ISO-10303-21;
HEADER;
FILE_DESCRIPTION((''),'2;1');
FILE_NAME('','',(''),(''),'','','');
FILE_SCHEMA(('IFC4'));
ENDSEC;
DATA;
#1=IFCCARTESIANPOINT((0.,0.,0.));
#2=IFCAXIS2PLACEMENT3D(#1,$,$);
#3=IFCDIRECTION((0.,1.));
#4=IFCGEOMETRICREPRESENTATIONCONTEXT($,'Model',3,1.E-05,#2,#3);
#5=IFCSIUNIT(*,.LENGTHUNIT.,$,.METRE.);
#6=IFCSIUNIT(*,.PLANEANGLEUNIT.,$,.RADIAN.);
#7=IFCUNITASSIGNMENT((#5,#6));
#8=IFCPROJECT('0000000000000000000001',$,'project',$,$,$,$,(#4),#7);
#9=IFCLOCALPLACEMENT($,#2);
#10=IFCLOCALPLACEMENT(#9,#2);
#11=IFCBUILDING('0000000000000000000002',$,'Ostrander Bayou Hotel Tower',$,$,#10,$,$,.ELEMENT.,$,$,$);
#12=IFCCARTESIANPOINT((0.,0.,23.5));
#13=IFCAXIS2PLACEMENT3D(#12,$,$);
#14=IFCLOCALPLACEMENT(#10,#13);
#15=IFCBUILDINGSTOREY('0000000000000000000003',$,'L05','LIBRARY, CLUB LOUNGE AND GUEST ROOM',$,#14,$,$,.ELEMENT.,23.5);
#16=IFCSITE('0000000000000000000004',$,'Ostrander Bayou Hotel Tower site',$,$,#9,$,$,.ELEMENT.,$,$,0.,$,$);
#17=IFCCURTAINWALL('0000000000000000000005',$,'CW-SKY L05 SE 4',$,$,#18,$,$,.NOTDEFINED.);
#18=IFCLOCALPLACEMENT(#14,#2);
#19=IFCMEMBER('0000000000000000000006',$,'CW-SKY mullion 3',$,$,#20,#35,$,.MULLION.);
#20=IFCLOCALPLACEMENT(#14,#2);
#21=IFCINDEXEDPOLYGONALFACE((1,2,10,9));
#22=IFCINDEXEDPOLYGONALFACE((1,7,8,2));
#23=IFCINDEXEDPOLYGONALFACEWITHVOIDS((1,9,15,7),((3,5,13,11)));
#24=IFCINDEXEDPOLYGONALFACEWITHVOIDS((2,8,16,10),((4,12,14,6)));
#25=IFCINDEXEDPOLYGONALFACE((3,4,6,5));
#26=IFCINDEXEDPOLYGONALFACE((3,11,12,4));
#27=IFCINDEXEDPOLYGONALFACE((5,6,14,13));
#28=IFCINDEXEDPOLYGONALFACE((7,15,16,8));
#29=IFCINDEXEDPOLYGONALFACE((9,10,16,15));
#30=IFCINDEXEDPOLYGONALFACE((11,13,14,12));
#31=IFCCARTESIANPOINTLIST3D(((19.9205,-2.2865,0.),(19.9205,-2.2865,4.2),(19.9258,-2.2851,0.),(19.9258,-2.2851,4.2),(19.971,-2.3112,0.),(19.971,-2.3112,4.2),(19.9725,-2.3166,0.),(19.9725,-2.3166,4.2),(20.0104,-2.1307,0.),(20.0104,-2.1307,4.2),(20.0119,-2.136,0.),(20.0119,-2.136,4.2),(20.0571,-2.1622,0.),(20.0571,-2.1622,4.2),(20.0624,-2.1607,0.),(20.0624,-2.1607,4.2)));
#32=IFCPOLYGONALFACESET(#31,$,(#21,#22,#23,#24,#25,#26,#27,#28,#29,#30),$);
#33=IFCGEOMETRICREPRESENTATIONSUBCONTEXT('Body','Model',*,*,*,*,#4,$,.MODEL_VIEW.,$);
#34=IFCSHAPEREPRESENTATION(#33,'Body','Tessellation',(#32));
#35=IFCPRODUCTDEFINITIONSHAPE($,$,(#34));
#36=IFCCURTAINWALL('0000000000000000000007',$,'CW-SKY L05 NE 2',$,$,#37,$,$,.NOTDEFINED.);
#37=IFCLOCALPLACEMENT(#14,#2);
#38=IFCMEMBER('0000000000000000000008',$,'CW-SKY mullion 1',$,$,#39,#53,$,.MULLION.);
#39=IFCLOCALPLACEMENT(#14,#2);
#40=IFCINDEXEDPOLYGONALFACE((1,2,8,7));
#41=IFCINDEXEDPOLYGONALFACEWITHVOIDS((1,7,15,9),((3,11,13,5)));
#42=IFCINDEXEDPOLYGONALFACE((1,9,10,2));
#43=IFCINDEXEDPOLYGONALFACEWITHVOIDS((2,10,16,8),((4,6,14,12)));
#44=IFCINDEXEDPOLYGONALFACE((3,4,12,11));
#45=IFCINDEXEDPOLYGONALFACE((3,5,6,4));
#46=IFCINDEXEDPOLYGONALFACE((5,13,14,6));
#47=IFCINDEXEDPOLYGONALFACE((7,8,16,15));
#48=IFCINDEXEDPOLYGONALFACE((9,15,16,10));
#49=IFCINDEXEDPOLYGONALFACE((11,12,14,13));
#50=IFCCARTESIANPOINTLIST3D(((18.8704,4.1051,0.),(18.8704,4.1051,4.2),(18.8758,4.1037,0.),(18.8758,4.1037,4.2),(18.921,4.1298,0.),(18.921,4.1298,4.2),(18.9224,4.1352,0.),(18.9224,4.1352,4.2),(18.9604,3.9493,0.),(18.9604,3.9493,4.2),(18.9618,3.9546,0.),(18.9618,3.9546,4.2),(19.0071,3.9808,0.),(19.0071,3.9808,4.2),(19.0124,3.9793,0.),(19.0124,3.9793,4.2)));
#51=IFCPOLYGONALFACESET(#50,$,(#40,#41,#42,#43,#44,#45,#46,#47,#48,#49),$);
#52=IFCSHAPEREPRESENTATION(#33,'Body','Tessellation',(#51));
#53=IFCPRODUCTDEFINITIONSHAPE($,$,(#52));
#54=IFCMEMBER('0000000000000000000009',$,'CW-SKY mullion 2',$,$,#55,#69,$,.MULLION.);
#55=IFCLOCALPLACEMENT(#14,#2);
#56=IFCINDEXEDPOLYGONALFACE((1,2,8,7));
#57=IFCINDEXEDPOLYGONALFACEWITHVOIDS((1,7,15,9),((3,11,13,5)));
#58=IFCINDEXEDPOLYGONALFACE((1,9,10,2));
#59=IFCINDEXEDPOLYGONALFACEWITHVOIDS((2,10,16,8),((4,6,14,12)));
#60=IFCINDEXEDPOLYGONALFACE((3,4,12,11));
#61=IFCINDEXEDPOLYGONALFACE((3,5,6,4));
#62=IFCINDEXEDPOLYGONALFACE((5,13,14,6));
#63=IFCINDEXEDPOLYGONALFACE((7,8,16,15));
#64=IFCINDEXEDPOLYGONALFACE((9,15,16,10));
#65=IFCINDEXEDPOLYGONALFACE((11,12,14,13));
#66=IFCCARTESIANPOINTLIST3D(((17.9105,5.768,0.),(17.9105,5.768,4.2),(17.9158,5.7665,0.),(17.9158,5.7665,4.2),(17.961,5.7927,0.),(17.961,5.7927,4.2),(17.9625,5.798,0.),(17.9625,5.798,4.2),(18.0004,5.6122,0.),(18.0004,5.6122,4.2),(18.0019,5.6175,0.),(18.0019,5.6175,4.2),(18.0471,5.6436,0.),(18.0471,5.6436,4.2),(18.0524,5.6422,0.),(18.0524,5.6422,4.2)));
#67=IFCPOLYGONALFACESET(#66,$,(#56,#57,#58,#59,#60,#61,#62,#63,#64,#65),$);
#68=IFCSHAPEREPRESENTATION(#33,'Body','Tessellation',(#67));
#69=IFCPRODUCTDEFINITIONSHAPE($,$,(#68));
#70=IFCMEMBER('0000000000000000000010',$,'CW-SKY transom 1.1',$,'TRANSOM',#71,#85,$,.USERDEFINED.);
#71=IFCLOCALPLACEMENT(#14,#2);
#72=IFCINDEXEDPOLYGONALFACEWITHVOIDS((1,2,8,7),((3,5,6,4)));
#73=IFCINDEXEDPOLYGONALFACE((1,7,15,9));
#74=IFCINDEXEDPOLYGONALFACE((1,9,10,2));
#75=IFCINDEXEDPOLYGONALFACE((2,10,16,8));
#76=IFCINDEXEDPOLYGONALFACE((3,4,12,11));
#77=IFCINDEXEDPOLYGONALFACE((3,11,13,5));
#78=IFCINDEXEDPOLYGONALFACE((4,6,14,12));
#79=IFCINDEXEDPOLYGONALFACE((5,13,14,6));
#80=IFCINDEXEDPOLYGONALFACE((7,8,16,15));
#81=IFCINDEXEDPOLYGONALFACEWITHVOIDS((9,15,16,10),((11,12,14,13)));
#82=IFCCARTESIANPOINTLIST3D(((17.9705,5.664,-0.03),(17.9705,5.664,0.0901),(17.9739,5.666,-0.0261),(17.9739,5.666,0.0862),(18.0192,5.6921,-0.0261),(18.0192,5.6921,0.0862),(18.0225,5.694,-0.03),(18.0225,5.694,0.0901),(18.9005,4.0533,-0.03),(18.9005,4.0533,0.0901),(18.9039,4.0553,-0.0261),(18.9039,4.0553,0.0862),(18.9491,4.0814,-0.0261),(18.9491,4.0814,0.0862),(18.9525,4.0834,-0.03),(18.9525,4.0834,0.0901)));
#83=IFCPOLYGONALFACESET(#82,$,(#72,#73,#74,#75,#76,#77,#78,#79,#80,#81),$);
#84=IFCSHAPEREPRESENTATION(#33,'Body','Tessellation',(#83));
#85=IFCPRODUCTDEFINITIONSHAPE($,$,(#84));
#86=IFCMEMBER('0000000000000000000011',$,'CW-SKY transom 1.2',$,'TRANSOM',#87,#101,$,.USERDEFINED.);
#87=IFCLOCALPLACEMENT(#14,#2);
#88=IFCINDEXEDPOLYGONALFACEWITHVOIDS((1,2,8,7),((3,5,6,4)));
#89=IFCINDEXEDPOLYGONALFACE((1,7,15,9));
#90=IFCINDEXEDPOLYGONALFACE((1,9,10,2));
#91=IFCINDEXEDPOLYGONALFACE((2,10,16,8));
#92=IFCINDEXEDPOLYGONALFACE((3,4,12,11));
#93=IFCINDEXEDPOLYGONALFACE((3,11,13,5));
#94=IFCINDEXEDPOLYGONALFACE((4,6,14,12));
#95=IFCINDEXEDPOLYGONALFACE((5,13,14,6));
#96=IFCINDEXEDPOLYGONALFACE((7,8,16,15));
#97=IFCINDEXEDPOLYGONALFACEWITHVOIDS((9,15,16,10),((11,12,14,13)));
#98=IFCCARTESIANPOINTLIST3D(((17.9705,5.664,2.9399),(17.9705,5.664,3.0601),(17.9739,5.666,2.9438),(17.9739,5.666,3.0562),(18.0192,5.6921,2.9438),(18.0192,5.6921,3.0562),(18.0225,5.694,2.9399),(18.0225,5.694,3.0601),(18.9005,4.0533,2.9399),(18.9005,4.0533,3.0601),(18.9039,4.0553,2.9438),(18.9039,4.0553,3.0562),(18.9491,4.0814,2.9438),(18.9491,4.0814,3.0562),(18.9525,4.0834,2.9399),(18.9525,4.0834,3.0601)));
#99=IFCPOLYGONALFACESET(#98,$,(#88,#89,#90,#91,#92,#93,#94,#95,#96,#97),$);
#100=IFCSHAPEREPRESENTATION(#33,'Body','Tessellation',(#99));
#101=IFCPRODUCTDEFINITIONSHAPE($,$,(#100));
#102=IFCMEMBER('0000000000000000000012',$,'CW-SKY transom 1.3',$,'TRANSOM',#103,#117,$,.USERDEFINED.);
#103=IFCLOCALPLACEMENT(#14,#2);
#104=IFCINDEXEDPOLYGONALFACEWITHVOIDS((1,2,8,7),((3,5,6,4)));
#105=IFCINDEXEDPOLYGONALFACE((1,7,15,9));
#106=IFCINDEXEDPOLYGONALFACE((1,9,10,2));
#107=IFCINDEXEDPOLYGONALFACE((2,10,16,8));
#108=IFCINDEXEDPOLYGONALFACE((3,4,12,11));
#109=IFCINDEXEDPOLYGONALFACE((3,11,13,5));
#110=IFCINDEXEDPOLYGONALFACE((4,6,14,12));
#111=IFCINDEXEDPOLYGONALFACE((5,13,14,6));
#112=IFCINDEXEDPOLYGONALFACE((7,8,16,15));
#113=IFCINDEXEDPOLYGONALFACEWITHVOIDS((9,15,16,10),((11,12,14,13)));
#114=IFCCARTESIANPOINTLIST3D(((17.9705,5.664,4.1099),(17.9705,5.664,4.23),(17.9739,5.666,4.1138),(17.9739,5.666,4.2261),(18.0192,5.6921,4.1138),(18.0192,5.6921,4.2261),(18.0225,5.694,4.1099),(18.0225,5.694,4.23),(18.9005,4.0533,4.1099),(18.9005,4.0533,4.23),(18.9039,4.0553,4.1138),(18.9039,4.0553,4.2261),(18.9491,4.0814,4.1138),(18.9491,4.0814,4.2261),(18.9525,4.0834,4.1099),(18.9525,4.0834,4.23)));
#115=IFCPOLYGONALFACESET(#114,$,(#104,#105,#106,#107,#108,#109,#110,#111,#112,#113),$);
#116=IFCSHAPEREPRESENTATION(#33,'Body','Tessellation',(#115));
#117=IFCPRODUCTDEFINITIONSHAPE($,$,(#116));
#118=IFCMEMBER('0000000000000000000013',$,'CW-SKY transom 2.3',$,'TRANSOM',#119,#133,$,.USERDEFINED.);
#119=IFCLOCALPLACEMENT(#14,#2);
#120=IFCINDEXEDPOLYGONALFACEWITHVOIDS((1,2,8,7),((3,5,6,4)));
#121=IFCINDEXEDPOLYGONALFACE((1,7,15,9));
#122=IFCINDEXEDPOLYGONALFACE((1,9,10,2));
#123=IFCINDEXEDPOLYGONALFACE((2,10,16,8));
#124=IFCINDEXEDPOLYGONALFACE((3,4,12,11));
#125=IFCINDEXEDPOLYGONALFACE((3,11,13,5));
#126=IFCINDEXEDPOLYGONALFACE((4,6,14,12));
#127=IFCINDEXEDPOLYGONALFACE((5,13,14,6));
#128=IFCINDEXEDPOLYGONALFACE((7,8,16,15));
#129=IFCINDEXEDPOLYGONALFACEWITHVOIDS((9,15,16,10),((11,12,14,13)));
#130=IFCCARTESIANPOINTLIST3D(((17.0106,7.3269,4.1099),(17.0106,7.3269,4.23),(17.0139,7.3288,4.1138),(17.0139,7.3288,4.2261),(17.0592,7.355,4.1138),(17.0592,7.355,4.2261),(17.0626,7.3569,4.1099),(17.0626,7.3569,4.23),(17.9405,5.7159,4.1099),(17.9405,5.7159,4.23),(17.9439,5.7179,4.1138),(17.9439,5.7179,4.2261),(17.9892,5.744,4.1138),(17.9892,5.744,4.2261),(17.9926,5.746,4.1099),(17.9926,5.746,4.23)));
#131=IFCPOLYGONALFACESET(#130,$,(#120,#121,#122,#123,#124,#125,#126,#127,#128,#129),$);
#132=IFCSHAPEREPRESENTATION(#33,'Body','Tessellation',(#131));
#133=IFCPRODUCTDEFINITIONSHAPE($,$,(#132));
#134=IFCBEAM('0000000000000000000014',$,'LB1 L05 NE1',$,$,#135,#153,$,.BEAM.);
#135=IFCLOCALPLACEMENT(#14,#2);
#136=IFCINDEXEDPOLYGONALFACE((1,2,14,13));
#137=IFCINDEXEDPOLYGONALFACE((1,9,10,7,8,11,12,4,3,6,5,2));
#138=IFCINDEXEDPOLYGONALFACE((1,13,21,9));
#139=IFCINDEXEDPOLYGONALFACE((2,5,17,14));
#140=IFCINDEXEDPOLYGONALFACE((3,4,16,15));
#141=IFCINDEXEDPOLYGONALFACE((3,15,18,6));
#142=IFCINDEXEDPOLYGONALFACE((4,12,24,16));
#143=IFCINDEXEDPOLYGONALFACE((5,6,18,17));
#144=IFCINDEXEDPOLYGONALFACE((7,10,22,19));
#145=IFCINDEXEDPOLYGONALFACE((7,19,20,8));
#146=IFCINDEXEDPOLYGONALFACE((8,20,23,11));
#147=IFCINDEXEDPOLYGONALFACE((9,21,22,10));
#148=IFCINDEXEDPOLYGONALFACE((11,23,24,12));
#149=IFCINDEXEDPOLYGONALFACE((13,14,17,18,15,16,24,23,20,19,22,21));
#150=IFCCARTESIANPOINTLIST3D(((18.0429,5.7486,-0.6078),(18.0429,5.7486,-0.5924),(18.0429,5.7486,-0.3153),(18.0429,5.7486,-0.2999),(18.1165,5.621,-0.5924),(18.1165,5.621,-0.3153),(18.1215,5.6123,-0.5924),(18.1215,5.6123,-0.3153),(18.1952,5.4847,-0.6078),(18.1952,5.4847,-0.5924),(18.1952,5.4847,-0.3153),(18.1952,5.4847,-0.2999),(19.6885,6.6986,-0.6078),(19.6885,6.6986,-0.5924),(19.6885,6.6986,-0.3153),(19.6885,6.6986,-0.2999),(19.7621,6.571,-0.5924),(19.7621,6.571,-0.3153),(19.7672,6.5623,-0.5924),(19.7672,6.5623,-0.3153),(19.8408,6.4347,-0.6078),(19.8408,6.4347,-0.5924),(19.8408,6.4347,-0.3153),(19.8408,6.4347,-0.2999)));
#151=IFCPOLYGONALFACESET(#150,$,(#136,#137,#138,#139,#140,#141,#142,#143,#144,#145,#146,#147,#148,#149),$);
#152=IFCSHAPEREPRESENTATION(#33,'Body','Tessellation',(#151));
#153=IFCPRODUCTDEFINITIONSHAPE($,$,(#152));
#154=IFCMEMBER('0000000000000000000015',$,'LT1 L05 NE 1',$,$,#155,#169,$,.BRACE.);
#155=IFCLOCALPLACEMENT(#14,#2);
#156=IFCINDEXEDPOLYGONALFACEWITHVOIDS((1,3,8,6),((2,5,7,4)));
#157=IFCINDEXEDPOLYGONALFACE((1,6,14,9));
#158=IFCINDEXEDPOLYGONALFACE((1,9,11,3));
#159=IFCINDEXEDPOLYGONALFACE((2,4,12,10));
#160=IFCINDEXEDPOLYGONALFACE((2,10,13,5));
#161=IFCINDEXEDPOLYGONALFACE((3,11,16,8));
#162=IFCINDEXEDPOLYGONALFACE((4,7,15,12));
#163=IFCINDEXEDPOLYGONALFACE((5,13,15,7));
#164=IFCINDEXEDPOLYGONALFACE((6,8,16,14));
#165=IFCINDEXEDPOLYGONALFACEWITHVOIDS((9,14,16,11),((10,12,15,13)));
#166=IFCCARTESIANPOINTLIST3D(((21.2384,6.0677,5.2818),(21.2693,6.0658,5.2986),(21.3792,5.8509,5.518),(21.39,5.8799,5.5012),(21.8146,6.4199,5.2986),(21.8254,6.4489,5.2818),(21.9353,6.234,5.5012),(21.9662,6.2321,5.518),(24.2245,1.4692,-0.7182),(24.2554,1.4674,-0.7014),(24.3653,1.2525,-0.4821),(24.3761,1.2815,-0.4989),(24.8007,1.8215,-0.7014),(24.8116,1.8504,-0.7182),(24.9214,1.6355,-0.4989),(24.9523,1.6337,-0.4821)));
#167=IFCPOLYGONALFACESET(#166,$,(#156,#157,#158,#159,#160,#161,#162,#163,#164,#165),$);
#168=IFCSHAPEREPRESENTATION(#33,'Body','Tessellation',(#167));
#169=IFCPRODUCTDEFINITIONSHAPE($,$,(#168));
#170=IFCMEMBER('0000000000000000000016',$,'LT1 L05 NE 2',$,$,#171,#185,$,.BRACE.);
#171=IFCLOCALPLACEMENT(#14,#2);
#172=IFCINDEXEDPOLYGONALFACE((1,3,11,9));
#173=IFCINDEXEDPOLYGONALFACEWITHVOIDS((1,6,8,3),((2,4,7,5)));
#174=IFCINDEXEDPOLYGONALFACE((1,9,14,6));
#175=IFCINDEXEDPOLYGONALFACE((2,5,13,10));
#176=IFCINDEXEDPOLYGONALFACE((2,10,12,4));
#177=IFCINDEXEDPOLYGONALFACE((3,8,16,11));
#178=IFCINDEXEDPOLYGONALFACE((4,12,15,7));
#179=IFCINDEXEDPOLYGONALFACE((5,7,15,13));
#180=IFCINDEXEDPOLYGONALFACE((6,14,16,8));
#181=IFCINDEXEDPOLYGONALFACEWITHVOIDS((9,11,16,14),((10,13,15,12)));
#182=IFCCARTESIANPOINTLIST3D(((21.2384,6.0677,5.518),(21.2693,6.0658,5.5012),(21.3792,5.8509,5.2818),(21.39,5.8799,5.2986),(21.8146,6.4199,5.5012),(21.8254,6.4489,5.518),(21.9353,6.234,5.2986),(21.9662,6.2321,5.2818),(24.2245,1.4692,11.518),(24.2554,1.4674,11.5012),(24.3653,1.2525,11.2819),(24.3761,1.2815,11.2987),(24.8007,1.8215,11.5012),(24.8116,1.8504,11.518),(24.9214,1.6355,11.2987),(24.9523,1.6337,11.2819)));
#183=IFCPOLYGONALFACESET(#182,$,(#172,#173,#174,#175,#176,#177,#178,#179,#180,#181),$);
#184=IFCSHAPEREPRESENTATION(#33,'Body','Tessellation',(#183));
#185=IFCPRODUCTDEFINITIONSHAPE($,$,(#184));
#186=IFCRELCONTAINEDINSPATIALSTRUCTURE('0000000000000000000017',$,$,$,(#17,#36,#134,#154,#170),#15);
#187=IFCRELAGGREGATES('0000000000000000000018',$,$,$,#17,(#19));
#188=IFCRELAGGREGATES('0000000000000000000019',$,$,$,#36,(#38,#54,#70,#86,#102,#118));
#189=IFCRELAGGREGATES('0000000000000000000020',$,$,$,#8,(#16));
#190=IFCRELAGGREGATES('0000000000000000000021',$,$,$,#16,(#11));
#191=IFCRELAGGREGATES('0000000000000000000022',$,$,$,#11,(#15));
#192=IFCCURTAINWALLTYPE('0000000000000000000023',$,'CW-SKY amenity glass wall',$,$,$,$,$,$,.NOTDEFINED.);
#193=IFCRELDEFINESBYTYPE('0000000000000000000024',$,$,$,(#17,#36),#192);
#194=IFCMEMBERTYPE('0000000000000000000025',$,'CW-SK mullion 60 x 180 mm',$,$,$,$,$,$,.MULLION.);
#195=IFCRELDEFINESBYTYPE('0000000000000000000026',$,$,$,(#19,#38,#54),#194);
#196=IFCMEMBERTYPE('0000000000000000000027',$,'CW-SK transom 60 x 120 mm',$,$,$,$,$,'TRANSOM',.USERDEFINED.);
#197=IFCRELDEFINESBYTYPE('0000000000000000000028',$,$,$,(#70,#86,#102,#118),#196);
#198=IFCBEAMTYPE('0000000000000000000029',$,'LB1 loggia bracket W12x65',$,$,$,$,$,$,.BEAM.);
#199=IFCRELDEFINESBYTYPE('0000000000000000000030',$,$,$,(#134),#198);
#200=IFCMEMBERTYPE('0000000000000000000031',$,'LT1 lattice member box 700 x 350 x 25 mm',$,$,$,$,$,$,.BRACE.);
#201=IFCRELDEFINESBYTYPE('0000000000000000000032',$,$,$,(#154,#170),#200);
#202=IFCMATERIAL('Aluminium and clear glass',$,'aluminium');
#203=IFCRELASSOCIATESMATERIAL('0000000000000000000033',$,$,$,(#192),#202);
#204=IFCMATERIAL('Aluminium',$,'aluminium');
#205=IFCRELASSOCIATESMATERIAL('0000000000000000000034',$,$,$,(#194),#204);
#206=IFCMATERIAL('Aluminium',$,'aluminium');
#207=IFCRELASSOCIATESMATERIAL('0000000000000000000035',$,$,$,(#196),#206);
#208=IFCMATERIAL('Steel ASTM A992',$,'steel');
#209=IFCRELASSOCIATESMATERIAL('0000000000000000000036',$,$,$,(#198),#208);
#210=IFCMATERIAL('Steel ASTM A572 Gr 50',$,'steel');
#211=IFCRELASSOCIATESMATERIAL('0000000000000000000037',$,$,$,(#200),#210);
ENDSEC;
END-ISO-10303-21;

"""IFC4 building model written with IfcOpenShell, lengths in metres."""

from ifc_helpers import new_model, si_unit, direction, frame, origin, origin_2d, place, context, subcontext, project, spatial, hollow_rectangle, i_section, extrude, material, material_profile, profile_set, type_object, element, aggregate, save


model = new_model("IFC4")

# Units and contexts
model_context = context("Model", 3, precision=1e-05, world=origin(), true_north=direction((0.0, 1.0)))
body_context = subcontext(model_context, "Body", "Model", "MODEL_VIEW")
ifc_project = project(units=[si_unit("LENGTHUNIT", "METRE"), si_unit("PLANEANGLEUNIT", "RADIAN")], contexts=[model_context])

# Site, building, storey
site_placement = place(None, origin())
site = spatial("IfcSite", under=ifc_project, at=site_placement, Name="Ostrander Bayou Hotel Tower site", CompositionType="ELEMENT", RefElevation=0.0)
building_placement = place(site_placement, origin())
building = spatial("IfcBuilding", under=site, at=building_placement, Name="Ostrander Bayou Hotel Tower", CompositionType="ELEMENT")
storey_placement = place(building_placement, frame((0.0, 0.0, 23.5)))
storey = spatial("IfcBuildingStorey", under=building, at=storey_placement, Name="L05", Description="LIBRARY, CLUB LOUNGE AND GUEST ROOM", CompositionType="ELEMENT", Elevation=23.5)

# Curtain wall, member
ifc_material_1 = material(Name="Aluminium and clear glass", Category="aluminium")
curtain_wall_type_1 = type_object("IfcCurtainWallType", Name="CW-SKY amenity glass wall", PredefinedType="NOTDEFINED", material=ifc_material_1)
curtain_wall_1_placement = place(storey_placement, origin())
curtain_wall_1 = element("IfcCurtainWall", 1, at=curtain_wall_1_placement, inside=storey, type_object=curtain_wall_type_1, Name="CW-SKY L05 SE 4", PredefinedType="NOTDEFINED")
ifc_material_2 = material(Name="Aluminium", Category="aluminium")
ifc_material_profile_1 = material_profile(ifc_material_2, hollow_rectangle(XDim=0.0601, YDim=0.1799, WallThickness=0.0039, at=origin_2d()))
ifc_profile_set_1 = profile_set([ifc_material_profile_1], Name="Aluminium")
member_type_1 = type_object("IfcMemberType", Name="CW-SK mullion 60 x 180 mm", PredefinedType="MULLION", material=ifc_profile_set_1)
member_1_placement = place(storey_placement, frame((19.9915, -2.2236, 0.0), z_axis=(0.0, 0.0, 1.0), x_axis=(-0.866026, 0.499999, 0.0)))
member_1 = element("IfcMember", 2, at=member_1_placement, type_object=member_type_1, Name="CW-SKY mullion 3", PredefinedType="MULLION", context=body_context, shape_type="SweptSolid", body=[
    extrude(hollow_rectangle(XDim=0.0601, YDim=0.1799, WallThickness=0.0039, at=origin_2d()), origin(), (0.0, 0.0, 1.0), 4.2),
])

# Curtain wall, members
curtain_wall_2_placement = place(storey_placement, origin())
curtain_wall_2 = element("IfcCurtainWall", 3, at=curtain_wall_2_placement, inside=storey, type_object=curtain_wall_type_1, Name="CW-SKY L05 NE 2", PredefinedType="NOTDEFINED")
member_2_placement = place(storey_placement, frame((18.9414, 4.0422, 0.0), z_axis=(0.0, 0.0, 1.0), x_axis=(-0.866025, -0.5, 0.0)))
member_2 = element("IfcMember", 4, at=member_2_placement, type_object=member_type_1, Name="CW-SKY mullion 1", PredefinedType="MULLION", context=body_context, shape_type="SweptSolid", body=[
    extrude(hollow_rectangle(XDim=0.0601, YDim=0.1799, WallThickness=0.0039, at=origin_2d()), origin(), (0.0, 0.0, 1.0), 4.2),
])
member_3_placement = place(storey_placement, frame((17.9814, 5.7051, 0.0), z_axis=(0.0, 0.0, 1.0), x_axis=(-0.866025, -0.5, 0.0)))
member_3 = element("IfcMember", 5, at=member_3_placement, type_object=member_type_1, Name="CW-SKY mullion 2", PredefinedType="MULLION", context=body_context, shape_type="SweptSolid", body=[
    extrude(hollow_rectangle(XDim=0.0601, YDim=0.1799, WallThickness=0.0039, at=origin_2d()), origin(), (0.0, 0.0, 1.0), 4.2),
])
ifc_material_3 = material(Name="Aluminium", Category="aluminium")
ifc_material_profile_2 = material_profile(ifc_material_3, hollow_rectangle(XDim=0.0601, YDim=0.1201, WallThickness=0.0039, at=origin_2d()))
ifc_profile_set_2 = profile_set([ifc_material_profile_2], Name="Aluminium")
member_type_2 = type_object("IfcMemberType", Name="CW-SK transom 60 x 120 mm", ElementType="TRANSOM", PredefinedType="USERDEFINED", material=ifc_profile_set_2)
member_4_placement = place(storey_placement, frame((18.9265, 4.0684, 0.03), z_axis=(-0.500022, 0.866013, 0.0), x_axis=(-0.866013, -0.500022, 0.0)))
member_4 = element("IfcMember", 6, at=member_4_placement, type_object=member_type_2, Name="CW-SKY transom 1.1", ObjectType="TRANSOM", PredefinedType="USERDEFINED", context=body_context, shape_type="SweptSolid", body=[
    extrude(hollow_rectangle(XDim=0.0601, YDim=0.1201, WallThickness=0.0039, at=origin_2d()), origin(), (0.0, 0.0, 1.0), 1.8599),
])
member_5_placement = place(storey_placement, frame((18.9265, 4.0684, 3.0), z_axis=(-0.500022, 0.866013, 0.0), x_axis=(-0.866013, -0.500022, 0.0)))
member_5 = element("IfcMember", 7, at=member_5_placement, type_object=member_type_2, Name="CW-SKY transom 1.2", ObjectType="TRANSOM", PredefinedType="USERDEFINED", context=body_context, shape_type="SweptSolid", body=[
    extrude(hollow_rectangle(XDim=0.0601, YDim=0.1201, WallThickness=0.0039, at=origin_2d()), origin(), (0.0, 0.0, 1.0), 1.8599),
])
member_6_placement = place(storey_placement, frame((18.9265, 4.0684, 4.1699), z_axis=(-0.500022, 0.866013, 0.0), x_axis=(-0.866013, -0.500022, 0.0)))
member_6 = element("IfcMember", 8, at=member_6_placement, type_object=member_type_2, Name="CW-SKY transom 1.3", ObjectType="TRANSOM", PredefinedType="USERDEFINED", context=body_context, shape_type="SweptSolid", body=[
    extrude(hollow_rectangle(XDim=0.0601, YDim=0.1201, WallThickness=0.0039, at=origin_2d()), origin(), (0.0, 0.0, 1.0), 1.8599),
])
member_7_placement = place(storey_placement, frame((17.9666, 5.731, 4.1699), z_axis=(-0.499965, 0.866046, 0.0), x_axis=(-0.866046, -0.499965, 0.0)))
member_7 = element("IfcMember", 9, at=member_7_placement, type_object=member_type_2, Name="CW-SKY transom 2.3", ObjectType="TRANSOM", PredefinedType="USERDEFINED", context=body_context, shape_type="SweptSolid", body=[
    extrude(hollow_rectangle(XDim=0.0601, YDim=0.1201, WallThickness=0.0039, at=origin_2d()), origin(), (0.0, 0.0, 1.0), 1.8601),
])

# Beam
ifc_material_4 = material(Name="Steel ASTM A992", Category="steel")
ifc_material_profile_3 = material_profile(ifc_material_4, i_section(OverallWidth=0.3047, OverallDepth=0.3079, WebThickness=0.01, FlangeThickness=0.0154, at=origin_2d()))
ifc_profile_set_3 = profile_set([ifc_material_profile_3], Name="Steel ASTM A992")
beam_type_1 = type_object("IfcBeamType", Name="LB1 loggia bracket W12x65", PredefinedType="BEAM", material=ifc_profile_set_3)
beam_1_placement = place(storey_placement, frame((19.7646, 6.5667, -0.4539), z_axis=(-0.866044, -0.499967, 0.0), x_axis=(0.499967, -0.866044, 0.0)))
element("IfcBeam", 10, at=beam_1_placement, inside=storey, type_object=beam_type_1, Name="LB1 L05 NE1", PredefinedType="BEAM", context=body_context, shape_type="SweptSolid", body=[
    extrude(i_section(OverallWidth=0.3047, OverallDepth=0.3079, WebThickness=0.01, FlangeThickness=0.0154, at=origin_2d()), origin(), (0.0, 0.0, 1.0), 1.9001),
])

# Members
ifc_material_5 = material(Name="Steel ASTM A572 Gr 50", Category="steel")
ifc_material_profile_4 = material_profile(ifc_material_5, hollow_rectangle(XDim=0.7, YDim=0.3501, WallThickness=0.0249, at=origin_2d()))
ifc_profile_set_4 = profile_set([ifc_material_profile_4], Name="Steel ASTM A572 Gr 50")
member_type_3 = type_object("IfcMemberType", Name="LT1 lattice member box 700 x 350 x 25 mm", PredefinedType="BRACE", material=ifc_profile_set_4)
for number, where, z_axis, x_axis, name in (
    (11, (21.6023, 6.1499, 5.3999), (0.367389, -0.565757, -0.738203), (0.838683, 0.54462, 0.0), "LT1 L05 NE 1"),
    (12, (21.6023, 6.1499, 5.3999), (0.367389, -0.565757, 0.738203), (0.838683, 0.54462, 0.0), "LT1 L05 NE 2"),
):
    element("IfcMember", number, at=place(storey_placement, frame(where, z_axis=z_axis, x_axis=x_axis)), inside=storey, type_object=member_type_3, Name=name, PredefinedType="BRACE", context=body_context, shape_type="SweptSolid", body=[
        extrude(hollow_rectangle(XDim=0.7, YDim=0.3501, WallThickness=0.0249, at=origin_2d()), origin(), (0.0, 0.0, 1.0), 8.1279),
    ])

aggregate(curtain_wall_1, [member_1])
aggregate(curtain_wall_2, [member_2, member_3, member_4, member_5, member_6, member_7])

save(model, "model.ifc")
